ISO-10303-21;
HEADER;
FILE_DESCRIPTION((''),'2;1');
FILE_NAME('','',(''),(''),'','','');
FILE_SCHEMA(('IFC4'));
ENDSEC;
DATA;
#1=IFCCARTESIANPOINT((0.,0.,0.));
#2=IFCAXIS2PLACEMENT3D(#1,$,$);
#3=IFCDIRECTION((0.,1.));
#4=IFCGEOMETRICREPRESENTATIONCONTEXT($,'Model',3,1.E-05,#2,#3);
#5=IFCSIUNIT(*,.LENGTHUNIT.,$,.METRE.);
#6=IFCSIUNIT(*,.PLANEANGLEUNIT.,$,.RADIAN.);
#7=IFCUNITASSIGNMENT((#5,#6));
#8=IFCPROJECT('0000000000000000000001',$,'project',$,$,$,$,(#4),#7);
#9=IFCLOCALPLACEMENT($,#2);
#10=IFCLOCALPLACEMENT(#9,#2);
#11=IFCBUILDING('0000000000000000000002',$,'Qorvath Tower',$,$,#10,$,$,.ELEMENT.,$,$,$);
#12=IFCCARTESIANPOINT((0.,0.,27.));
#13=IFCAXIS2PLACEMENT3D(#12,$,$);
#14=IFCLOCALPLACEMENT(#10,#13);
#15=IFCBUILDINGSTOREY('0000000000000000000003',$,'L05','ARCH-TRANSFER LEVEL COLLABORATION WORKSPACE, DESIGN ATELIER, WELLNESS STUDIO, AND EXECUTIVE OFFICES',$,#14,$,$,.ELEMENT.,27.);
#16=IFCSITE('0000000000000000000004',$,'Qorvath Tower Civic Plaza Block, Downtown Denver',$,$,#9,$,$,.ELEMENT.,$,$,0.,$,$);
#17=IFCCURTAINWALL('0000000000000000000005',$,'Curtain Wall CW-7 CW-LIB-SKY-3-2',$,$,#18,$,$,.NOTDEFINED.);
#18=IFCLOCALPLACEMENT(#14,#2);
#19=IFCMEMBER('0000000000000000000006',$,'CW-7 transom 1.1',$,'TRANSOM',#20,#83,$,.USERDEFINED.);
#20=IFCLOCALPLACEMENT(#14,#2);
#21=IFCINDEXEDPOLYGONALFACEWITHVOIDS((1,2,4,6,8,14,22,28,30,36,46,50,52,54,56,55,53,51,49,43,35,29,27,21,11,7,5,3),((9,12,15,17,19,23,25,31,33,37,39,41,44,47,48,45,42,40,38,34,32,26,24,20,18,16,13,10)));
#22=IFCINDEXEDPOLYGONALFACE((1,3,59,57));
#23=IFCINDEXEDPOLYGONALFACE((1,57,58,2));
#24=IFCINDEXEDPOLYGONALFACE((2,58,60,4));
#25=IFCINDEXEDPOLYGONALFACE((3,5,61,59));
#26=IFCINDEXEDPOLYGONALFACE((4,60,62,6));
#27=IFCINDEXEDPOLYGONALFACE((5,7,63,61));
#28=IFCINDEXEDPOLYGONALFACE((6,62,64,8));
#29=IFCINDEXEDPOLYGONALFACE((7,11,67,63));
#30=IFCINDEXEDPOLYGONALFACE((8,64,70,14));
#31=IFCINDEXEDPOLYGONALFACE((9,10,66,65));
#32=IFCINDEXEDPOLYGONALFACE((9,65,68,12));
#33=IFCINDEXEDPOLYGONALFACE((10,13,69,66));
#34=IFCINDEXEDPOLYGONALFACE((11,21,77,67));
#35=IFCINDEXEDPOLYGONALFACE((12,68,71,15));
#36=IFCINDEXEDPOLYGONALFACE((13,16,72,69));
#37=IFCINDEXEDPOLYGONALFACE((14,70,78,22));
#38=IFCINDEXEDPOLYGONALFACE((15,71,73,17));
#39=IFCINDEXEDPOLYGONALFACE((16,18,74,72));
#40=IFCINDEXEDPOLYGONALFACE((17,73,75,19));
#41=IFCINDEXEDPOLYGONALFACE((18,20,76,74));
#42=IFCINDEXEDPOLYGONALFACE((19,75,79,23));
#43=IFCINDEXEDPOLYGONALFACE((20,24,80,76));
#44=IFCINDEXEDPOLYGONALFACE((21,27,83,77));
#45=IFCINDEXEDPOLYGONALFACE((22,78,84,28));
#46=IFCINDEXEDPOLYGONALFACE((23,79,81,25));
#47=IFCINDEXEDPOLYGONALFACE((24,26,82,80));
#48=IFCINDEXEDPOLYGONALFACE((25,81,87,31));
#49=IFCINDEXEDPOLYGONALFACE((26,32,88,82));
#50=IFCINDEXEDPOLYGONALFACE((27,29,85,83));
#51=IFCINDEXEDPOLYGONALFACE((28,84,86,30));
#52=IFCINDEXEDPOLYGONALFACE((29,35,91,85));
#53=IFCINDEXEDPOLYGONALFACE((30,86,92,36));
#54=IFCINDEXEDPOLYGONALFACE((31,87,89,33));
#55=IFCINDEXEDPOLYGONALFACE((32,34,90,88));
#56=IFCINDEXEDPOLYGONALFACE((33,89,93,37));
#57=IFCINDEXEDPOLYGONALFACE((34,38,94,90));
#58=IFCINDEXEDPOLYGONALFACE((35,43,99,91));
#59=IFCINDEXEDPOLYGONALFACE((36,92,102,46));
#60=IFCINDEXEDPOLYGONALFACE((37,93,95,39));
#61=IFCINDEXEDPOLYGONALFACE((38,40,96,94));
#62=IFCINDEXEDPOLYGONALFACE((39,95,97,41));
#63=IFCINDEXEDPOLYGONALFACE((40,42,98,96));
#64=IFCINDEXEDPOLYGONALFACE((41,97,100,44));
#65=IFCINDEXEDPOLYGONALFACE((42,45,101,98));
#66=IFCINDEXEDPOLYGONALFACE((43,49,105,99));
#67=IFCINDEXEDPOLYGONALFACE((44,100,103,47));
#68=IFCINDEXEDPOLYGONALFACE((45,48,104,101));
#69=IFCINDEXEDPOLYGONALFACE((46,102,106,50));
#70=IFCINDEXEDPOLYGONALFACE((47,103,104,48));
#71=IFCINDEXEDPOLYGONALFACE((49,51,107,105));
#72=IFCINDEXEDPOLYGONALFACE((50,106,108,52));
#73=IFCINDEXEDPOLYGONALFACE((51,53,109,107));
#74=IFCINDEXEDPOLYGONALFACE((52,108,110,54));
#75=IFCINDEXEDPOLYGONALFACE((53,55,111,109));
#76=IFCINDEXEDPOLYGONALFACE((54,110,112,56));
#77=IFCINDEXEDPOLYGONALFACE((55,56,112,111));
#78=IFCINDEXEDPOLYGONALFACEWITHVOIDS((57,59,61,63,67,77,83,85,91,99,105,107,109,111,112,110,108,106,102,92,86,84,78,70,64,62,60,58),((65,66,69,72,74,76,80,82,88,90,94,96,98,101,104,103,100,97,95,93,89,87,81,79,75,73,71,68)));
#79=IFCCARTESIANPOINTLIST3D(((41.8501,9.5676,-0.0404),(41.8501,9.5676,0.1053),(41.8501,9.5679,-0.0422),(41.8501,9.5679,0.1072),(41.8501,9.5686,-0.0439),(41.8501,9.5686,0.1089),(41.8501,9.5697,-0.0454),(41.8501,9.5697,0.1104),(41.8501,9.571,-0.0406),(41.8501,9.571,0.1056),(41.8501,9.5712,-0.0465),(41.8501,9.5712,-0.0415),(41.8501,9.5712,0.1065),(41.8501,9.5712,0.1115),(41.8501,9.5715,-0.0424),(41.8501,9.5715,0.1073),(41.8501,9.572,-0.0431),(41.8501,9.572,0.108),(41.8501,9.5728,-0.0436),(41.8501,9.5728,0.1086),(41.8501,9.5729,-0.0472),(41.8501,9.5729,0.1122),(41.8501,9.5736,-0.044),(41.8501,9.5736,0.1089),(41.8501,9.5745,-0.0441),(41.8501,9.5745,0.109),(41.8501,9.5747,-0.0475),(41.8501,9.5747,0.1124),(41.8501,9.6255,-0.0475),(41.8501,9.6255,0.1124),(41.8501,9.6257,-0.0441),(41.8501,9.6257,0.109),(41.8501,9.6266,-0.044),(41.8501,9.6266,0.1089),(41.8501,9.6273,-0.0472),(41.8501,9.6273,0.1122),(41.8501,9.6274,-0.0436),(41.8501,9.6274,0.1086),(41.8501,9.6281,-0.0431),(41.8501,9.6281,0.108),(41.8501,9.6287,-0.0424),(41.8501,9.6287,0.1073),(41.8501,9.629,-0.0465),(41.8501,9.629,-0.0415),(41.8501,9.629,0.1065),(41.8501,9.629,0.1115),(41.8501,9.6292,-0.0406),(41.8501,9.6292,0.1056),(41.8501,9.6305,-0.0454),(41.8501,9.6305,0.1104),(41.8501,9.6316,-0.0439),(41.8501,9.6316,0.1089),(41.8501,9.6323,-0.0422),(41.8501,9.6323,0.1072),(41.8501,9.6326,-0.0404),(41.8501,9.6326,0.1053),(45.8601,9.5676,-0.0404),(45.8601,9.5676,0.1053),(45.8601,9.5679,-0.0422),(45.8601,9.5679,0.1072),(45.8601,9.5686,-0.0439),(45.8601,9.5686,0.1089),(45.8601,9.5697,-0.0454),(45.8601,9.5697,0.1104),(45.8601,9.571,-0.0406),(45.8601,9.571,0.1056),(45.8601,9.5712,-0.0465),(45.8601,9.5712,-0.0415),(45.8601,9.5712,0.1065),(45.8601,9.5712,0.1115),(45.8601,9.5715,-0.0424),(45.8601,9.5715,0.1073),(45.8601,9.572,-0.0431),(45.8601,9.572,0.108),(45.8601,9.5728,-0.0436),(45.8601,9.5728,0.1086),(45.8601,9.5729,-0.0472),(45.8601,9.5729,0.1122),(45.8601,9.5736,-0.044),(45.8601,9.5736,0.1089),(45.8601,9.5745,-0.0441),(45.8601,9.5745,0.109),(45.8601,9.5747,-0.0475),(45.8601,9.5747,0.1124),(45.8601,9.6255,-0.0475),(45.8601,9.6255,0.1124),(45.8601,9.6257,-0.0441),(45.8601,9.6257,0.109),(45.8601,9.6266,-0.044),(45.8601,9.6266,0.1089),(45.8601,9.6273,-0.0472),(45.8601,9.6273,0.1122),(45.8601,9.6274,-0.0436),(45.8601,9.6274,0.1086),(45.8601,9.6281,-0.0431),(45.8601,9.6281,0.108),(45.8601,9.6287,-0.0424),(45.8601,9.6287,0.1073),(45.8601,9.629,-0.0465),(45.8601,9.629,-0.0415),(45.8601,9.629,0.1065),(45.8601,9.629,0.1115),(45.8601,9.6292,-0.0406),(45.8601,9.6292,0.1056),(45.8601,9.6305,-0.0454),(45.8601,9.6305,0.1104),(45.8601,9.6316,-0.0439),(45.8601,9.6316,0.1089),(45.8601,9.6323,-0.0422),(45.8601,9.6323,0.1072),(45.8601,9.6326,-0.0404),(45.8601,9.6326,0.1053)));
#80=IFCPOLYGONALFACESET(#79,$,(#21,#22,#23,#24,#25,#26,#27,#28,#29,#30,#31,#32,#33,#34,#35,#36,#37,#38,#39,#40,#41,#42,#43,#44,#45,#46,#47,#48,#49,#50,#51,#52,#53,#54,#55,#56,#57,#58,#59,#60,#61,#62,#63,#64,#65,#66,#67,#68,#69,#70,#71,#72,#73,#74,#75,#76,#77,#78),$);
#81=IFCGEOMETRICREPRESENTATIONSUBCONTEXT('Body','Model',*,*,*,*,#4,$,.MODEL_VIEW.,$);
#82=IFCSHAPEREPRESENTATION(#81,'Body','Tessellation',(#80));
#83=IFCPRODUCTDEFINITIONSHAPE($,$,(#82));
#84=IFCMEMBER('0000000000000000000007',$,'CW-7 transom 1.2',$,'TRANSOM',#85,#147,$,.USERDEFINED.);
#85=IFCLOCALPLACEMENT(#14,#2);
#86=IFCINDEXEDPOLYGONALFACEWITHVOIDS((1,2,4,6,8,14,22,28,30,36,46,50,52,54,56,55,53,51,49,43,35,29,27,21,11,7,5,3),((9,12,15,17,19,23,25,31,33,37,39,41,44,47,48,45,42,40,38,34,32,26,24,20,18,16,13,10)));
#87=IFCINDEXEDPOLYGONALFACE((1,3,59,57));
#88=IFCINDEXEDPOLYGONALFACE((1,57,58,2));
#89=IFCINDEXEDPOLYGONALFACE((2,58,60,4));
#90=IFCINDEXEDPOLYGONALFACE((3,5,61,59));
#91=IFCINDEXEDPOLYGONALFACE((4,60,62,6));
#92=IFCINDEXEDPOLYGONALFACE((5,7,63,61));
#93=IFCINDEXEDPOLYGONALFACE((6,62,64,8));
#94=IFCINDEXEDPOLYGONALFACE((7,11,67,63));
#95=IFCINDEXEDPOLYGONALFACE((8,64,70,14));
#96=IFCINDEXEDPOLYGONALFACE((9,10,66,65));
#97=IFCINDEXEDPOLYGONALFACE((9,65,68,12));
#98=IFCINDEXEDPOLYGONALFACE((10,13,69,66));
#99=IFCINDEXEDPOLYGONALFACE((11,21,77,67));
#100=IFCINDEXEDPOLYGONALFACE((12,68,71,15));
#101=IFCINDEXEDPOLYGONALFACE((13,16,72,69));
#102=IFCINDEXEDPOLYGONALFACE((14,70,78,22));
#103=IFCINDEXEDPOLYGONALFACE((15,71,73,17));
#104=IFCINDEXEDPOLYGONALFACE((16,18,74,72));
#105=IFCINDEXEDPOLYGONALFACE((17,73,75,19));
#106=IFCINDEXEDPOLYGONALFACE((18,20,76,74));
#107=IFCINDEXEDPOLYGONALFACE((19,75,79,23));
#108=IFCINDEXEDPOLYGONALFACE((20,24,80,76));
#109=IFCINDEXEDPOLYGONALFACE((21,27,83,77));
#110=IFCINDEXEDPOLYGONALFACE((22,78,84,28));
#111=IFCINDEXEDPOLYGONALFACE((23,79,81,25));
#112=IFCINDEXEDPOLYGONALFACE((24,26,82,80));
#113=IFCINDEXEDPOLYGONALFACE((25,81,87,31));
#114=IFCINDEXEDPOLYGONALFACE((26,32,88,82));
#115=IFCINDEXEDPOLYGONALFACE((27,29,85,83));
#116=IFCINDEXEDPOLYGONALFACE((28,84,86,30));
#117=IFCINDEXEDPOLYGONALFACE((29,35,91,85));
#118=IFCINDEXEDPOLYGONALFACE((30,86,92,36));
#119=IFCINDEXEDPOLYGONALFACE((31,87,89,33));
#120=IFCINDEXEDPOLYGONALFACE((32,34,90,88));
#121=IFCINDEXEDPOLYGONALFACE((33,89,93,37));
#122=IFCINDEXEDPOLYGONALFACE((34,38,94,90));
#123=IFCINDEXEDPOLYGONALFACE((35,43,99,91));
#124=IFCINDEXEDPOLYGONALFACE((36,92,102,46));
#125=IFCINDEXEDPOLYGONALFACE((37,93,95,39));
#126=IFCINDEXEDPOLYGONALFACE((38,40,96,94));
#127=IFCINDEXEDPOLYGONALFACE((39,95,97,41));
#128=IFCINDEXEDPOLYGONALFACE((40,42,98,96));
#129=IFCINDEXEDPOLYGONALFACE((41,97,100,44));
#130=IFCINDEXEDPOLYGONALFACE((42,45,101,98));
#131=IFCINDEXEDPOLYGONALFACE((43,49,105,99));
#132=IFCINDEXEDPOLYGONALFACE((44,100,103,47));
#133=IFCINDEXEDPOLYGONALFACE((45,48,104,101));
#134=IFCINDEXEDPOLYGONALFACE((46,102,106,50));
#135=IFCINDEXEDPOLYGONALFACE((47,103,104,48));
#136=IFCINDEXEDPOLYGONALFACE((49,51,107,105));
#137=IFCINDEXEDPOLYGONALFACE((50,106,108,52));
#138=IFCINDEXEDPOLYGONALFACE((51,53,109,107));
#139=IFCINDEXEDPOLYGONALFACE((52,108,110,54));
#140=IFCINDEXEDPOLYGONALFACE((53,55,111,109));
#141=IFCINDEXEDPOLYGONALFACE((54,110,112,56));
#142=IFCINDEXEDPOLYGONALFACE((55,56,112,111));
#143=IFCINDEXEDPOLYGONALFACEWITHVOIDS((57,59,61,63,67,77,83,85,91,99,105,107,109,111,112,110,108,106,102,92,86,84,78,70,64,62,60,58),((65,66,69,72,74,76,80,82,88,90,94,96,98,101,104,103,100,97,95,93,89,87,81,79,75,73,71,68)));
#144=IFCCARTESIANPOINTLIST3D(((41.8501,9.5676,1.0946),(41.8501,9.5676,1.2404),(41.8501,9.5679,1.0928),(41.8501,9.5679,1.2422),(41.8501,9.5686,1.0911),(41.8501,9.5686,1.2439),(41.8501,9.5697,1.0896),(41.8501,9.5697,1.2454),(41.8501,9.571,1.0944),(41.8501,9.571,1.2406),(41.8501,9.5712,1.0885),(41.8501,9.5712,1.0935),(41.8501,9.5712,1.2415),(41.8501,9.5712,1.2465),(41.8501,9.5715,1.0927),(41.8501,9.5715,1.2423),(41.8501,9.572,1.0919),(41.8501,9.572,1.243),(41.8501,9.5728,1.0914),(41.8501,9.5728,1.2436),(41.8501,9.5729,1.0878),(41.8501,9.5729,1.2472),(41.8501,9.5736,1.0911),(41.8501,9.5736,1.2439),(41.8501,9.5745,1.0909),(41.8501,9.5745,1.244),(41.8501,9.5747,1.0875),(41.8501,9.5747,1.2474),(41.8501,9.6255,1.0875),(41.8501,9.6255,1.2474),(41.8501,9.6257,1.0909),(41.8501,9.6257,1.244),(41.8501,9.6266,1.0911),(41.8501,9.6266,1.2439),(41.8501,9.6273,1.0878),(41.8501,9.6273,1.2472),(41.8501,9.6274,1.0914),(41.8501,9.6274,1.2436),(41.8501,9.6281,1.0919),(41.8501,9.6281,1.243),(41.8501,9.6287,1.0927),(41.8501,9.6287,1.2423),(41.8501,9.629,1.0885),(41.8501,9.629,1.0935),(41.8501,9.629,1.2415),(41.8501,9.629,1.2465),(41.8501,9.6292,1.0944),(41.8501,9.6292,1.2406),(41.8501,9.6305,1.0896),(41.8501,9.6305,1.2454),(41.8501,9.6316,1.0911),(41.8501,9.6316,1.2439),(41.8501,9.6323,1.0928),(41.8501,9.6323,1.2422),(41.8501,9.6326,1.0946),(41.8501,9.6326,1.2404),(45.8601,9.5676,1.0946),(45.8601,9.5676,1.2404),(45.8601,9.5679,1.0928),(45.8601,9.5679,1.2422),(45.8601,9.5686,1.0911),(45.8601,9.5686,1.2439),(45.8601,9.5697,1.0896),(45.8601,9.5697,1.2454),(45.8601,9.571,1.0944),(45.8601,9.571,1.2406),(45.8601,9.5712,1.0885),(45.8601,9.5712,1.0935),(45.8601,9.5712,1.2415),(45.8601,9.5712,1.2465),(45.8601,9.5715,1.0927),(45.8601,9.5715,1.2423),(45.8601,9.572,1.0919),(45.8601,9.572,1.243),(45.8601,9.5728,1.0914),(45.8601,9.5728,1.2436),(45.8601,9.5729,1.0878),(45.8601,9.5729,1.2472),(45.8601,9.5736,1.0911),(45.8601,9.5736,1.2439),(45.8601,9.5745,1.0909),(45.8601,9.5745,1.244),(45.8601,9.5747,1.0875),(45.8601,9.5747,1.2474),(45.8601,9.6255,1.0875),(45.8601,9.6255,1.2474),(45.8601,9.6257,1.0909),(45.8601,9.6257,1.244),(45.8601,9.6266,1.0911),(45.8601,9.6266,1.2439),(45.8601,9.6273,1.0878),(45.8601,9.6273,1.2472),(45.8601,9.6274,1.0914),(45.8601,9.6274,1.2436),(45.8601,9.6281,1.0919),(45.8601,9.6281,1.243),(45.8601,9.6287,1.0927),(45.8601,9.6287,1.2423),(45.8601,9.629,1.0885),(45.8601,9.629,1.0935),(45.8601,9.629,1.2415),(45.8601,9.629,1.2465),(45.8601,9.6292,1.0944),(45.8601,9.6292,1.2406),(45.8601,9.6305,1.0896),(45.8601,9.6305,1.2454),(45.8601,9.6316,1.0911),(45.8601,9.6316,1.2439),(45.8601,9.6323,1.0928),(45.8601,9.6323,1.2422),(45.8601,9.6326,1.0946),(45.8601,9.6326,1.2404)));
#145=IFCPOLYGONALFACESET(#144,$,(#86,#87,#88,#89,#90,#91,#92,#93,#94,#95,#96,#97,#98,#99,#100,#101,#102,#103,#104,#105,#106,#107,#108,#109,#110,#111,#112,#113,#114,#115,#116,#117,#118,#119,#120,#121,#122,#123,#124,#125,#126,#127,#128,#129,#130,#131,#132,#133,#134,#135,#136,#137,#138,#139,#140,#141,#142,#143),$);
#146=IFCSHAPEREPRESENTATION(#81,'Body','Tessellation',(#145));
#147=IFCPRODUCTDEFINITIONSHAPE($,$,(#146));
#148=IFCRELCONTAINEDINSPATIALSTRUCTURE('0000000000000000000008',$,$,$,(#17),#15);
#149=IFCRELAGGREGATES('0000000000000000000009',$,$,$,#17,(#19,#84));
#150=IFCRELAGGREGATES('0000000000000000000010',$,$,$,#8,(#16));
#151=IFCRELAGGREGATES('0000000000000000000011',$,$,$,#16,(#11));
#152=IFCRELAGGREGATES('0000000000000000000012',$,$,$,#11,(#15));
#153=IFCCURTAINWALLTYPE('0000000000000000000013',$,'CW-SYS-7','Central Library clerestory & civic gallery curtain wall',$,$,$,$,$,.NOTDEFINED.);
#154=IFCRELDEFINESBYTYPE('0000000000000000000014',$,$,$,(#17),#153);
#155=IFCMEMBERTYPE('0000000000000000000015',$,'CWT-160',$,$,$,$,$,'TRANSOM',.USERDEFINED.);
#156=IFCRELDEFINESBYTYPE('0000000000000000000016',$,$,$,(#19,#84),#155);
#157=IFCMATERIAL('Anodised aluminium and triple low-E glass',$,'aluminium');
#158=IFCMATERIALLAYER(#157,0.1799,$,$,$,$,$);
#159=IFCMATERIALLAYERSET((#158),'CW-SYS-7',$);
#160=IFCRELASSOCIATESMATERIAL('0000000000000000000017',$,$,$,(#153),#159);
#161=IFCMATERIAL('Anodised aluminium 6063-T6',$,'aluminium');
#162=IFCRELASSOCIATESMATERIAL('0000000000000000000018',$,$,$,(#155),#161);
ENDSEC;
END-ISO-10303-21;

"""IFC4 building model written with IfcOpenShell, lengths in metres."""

from ifc_helpers import new_model, si_unit, direction, frame, origin, origin_2d, place, context, subcontext, project, spatial, hollow_rectangle, extrude, material, layer, layer_set, material_profile, profile_set, type_object, element, aggregate, save


model = new_model("IFC4")

# Units and contexts
model_context = context("Model", 3, precision=1e-05, world=origin(), true_north=direction((0.0, 1.0)))
body_context = subcontext(model_context, "Body", "Model", "MODEL_VIEW")
ifc_project = project(units=[si_unit("LENGTHUNIT", "METRE"), si_unit("PLANEANGLEUNIT", "RADIAN")], contexts=[model_context])

# Site, building, storey
site_placement = place(None, origin())
site = spatial("IfcSite", under=ifc_project, at=site_placement, Name="Qorvath Tower Civic Plaza Block, Downtown Denver", CompositionType="ELEMENT", RefElevation=0.0)
building_placement = place(site_placement, origin())
building = spatial("IfcBuilding", under=site, at=building_placement, Name="Qorvath Tower", CompositionType="ELEMENT")
storey_placement = place(building_placement, frame((0.0, 0.0, 27.0)))
storey = spatial("IfcBuildingStorey", under=building, at=storey_placement, Name="L05", Description="ARCH-TRANSFER LEVEL COLLABORATION WORKSPACE, DESIGN ATELIER, WELLNESS STUDIO, AND EXECUTIVE OFFICES", CompositionType="ELEMENT", Elevation=27.0)

# Curtain wall
ifc_material_1 = material(Name="Anodised aluminium and triple low-E glass", Category="aluminium")
ifc_layer_1 = layer(ifc_material_1, 0.1799)
ifc_layer_set_1 = layer_set([ifc_layer_1], Name="CW-SYS-7")
curtain_wall_type = type_object("IfcCurtainWallType", Name="CW-SYS-7", Description="Central Library clerestory & civic gallery curtain wall", PredefinedType="NOTDEFINED", material=ifc_layer_set_1)
curtain_wall_1_placement = place(storey_placement, origin())
curtain_wall_1 = element("IfcCurtainWall", 1, at=curtain_wall_1_placement, inside=storey, type_object=curtain_wall_type, Name="Curtain Wall CW-7 CW-LIB-SKY-3-2", PredefinedType="NOTDEFINED")

# Members
ifc_material_2 = material(Name="Anodised aluminium 6063-T6", Category="aluminium")
ifc_material_profile_1 = material_profile(ifc_material_2, hollow_rectangle(XDim=0.0649, YDim=0.1599, WallThickness=0.0034, InnerFilletRadius=0.0034, OuterFilletRadius=0.0071, at=origin_2d()), Name="CWT 160x65")
ifc_profile_set_1 = profile_set([ifc_material_profile_1], Name="Anodised aluminium 6063-T6")
member_type_1 = type_object("IfcMemberType", Name="CWT-160", ElementType="TRANSOM", PredefinedType="USERDEFINED", material=ifc_profile_set_1)
member_1_placement = place(storey_placement, frame((41.8501, 9.6001, 0.0325), z_axis=(1.0, 0.0, 0.0), x_axis=(0.0, 1.0, 0.0)))
member_1 = element("IfcMember", 2, at=member_1_placement, type_object=member_type_1, Name="CW-7 transom 1.1", ObjectType="TRANSOM", PredefinedType="USERDEFINED", context=body_context, shape_type="SweptSolid", body=[
    extrude(hollow_rectangle(XDim=0.0649, YDim=0.1599, WallThickness=0.0034, InnerFilletRadius=0.0034, OuterFilletRadius=0.0071, at=origin_2d()), origin(), (0.0, 0.0, 1.0), 4.01),
])
member_2_placement = place(storey_placement, frame((41.8501, 9.6001, 1.1675), z_axis=(1.0, 0.0, 0.0), x_axis=(0.0, 1.0, 0.0)))
member_2 = element("IfcMember", 3, at=member_2_placement, type_object=member_type_1, Name="CW-7 transom 1.2", ObjectType="TRANSOM", PredefinedType="USERDEFINED", context=body_context, shape_type="SweptSolid", body=[
    extrude(hollow_rectangle(XDim=0.0649, YDim=0.1599, WallThickness=0.0034, InnerFilletRadius=0.0034, OuterFilletRadius=0.0071, at=origin_2d()), origin(), (0.0, 0.0, 1.0), 4.01),
])

aggregate(curtain_wall_1, [member_1, member_2])

save(model, "model.ifc")
